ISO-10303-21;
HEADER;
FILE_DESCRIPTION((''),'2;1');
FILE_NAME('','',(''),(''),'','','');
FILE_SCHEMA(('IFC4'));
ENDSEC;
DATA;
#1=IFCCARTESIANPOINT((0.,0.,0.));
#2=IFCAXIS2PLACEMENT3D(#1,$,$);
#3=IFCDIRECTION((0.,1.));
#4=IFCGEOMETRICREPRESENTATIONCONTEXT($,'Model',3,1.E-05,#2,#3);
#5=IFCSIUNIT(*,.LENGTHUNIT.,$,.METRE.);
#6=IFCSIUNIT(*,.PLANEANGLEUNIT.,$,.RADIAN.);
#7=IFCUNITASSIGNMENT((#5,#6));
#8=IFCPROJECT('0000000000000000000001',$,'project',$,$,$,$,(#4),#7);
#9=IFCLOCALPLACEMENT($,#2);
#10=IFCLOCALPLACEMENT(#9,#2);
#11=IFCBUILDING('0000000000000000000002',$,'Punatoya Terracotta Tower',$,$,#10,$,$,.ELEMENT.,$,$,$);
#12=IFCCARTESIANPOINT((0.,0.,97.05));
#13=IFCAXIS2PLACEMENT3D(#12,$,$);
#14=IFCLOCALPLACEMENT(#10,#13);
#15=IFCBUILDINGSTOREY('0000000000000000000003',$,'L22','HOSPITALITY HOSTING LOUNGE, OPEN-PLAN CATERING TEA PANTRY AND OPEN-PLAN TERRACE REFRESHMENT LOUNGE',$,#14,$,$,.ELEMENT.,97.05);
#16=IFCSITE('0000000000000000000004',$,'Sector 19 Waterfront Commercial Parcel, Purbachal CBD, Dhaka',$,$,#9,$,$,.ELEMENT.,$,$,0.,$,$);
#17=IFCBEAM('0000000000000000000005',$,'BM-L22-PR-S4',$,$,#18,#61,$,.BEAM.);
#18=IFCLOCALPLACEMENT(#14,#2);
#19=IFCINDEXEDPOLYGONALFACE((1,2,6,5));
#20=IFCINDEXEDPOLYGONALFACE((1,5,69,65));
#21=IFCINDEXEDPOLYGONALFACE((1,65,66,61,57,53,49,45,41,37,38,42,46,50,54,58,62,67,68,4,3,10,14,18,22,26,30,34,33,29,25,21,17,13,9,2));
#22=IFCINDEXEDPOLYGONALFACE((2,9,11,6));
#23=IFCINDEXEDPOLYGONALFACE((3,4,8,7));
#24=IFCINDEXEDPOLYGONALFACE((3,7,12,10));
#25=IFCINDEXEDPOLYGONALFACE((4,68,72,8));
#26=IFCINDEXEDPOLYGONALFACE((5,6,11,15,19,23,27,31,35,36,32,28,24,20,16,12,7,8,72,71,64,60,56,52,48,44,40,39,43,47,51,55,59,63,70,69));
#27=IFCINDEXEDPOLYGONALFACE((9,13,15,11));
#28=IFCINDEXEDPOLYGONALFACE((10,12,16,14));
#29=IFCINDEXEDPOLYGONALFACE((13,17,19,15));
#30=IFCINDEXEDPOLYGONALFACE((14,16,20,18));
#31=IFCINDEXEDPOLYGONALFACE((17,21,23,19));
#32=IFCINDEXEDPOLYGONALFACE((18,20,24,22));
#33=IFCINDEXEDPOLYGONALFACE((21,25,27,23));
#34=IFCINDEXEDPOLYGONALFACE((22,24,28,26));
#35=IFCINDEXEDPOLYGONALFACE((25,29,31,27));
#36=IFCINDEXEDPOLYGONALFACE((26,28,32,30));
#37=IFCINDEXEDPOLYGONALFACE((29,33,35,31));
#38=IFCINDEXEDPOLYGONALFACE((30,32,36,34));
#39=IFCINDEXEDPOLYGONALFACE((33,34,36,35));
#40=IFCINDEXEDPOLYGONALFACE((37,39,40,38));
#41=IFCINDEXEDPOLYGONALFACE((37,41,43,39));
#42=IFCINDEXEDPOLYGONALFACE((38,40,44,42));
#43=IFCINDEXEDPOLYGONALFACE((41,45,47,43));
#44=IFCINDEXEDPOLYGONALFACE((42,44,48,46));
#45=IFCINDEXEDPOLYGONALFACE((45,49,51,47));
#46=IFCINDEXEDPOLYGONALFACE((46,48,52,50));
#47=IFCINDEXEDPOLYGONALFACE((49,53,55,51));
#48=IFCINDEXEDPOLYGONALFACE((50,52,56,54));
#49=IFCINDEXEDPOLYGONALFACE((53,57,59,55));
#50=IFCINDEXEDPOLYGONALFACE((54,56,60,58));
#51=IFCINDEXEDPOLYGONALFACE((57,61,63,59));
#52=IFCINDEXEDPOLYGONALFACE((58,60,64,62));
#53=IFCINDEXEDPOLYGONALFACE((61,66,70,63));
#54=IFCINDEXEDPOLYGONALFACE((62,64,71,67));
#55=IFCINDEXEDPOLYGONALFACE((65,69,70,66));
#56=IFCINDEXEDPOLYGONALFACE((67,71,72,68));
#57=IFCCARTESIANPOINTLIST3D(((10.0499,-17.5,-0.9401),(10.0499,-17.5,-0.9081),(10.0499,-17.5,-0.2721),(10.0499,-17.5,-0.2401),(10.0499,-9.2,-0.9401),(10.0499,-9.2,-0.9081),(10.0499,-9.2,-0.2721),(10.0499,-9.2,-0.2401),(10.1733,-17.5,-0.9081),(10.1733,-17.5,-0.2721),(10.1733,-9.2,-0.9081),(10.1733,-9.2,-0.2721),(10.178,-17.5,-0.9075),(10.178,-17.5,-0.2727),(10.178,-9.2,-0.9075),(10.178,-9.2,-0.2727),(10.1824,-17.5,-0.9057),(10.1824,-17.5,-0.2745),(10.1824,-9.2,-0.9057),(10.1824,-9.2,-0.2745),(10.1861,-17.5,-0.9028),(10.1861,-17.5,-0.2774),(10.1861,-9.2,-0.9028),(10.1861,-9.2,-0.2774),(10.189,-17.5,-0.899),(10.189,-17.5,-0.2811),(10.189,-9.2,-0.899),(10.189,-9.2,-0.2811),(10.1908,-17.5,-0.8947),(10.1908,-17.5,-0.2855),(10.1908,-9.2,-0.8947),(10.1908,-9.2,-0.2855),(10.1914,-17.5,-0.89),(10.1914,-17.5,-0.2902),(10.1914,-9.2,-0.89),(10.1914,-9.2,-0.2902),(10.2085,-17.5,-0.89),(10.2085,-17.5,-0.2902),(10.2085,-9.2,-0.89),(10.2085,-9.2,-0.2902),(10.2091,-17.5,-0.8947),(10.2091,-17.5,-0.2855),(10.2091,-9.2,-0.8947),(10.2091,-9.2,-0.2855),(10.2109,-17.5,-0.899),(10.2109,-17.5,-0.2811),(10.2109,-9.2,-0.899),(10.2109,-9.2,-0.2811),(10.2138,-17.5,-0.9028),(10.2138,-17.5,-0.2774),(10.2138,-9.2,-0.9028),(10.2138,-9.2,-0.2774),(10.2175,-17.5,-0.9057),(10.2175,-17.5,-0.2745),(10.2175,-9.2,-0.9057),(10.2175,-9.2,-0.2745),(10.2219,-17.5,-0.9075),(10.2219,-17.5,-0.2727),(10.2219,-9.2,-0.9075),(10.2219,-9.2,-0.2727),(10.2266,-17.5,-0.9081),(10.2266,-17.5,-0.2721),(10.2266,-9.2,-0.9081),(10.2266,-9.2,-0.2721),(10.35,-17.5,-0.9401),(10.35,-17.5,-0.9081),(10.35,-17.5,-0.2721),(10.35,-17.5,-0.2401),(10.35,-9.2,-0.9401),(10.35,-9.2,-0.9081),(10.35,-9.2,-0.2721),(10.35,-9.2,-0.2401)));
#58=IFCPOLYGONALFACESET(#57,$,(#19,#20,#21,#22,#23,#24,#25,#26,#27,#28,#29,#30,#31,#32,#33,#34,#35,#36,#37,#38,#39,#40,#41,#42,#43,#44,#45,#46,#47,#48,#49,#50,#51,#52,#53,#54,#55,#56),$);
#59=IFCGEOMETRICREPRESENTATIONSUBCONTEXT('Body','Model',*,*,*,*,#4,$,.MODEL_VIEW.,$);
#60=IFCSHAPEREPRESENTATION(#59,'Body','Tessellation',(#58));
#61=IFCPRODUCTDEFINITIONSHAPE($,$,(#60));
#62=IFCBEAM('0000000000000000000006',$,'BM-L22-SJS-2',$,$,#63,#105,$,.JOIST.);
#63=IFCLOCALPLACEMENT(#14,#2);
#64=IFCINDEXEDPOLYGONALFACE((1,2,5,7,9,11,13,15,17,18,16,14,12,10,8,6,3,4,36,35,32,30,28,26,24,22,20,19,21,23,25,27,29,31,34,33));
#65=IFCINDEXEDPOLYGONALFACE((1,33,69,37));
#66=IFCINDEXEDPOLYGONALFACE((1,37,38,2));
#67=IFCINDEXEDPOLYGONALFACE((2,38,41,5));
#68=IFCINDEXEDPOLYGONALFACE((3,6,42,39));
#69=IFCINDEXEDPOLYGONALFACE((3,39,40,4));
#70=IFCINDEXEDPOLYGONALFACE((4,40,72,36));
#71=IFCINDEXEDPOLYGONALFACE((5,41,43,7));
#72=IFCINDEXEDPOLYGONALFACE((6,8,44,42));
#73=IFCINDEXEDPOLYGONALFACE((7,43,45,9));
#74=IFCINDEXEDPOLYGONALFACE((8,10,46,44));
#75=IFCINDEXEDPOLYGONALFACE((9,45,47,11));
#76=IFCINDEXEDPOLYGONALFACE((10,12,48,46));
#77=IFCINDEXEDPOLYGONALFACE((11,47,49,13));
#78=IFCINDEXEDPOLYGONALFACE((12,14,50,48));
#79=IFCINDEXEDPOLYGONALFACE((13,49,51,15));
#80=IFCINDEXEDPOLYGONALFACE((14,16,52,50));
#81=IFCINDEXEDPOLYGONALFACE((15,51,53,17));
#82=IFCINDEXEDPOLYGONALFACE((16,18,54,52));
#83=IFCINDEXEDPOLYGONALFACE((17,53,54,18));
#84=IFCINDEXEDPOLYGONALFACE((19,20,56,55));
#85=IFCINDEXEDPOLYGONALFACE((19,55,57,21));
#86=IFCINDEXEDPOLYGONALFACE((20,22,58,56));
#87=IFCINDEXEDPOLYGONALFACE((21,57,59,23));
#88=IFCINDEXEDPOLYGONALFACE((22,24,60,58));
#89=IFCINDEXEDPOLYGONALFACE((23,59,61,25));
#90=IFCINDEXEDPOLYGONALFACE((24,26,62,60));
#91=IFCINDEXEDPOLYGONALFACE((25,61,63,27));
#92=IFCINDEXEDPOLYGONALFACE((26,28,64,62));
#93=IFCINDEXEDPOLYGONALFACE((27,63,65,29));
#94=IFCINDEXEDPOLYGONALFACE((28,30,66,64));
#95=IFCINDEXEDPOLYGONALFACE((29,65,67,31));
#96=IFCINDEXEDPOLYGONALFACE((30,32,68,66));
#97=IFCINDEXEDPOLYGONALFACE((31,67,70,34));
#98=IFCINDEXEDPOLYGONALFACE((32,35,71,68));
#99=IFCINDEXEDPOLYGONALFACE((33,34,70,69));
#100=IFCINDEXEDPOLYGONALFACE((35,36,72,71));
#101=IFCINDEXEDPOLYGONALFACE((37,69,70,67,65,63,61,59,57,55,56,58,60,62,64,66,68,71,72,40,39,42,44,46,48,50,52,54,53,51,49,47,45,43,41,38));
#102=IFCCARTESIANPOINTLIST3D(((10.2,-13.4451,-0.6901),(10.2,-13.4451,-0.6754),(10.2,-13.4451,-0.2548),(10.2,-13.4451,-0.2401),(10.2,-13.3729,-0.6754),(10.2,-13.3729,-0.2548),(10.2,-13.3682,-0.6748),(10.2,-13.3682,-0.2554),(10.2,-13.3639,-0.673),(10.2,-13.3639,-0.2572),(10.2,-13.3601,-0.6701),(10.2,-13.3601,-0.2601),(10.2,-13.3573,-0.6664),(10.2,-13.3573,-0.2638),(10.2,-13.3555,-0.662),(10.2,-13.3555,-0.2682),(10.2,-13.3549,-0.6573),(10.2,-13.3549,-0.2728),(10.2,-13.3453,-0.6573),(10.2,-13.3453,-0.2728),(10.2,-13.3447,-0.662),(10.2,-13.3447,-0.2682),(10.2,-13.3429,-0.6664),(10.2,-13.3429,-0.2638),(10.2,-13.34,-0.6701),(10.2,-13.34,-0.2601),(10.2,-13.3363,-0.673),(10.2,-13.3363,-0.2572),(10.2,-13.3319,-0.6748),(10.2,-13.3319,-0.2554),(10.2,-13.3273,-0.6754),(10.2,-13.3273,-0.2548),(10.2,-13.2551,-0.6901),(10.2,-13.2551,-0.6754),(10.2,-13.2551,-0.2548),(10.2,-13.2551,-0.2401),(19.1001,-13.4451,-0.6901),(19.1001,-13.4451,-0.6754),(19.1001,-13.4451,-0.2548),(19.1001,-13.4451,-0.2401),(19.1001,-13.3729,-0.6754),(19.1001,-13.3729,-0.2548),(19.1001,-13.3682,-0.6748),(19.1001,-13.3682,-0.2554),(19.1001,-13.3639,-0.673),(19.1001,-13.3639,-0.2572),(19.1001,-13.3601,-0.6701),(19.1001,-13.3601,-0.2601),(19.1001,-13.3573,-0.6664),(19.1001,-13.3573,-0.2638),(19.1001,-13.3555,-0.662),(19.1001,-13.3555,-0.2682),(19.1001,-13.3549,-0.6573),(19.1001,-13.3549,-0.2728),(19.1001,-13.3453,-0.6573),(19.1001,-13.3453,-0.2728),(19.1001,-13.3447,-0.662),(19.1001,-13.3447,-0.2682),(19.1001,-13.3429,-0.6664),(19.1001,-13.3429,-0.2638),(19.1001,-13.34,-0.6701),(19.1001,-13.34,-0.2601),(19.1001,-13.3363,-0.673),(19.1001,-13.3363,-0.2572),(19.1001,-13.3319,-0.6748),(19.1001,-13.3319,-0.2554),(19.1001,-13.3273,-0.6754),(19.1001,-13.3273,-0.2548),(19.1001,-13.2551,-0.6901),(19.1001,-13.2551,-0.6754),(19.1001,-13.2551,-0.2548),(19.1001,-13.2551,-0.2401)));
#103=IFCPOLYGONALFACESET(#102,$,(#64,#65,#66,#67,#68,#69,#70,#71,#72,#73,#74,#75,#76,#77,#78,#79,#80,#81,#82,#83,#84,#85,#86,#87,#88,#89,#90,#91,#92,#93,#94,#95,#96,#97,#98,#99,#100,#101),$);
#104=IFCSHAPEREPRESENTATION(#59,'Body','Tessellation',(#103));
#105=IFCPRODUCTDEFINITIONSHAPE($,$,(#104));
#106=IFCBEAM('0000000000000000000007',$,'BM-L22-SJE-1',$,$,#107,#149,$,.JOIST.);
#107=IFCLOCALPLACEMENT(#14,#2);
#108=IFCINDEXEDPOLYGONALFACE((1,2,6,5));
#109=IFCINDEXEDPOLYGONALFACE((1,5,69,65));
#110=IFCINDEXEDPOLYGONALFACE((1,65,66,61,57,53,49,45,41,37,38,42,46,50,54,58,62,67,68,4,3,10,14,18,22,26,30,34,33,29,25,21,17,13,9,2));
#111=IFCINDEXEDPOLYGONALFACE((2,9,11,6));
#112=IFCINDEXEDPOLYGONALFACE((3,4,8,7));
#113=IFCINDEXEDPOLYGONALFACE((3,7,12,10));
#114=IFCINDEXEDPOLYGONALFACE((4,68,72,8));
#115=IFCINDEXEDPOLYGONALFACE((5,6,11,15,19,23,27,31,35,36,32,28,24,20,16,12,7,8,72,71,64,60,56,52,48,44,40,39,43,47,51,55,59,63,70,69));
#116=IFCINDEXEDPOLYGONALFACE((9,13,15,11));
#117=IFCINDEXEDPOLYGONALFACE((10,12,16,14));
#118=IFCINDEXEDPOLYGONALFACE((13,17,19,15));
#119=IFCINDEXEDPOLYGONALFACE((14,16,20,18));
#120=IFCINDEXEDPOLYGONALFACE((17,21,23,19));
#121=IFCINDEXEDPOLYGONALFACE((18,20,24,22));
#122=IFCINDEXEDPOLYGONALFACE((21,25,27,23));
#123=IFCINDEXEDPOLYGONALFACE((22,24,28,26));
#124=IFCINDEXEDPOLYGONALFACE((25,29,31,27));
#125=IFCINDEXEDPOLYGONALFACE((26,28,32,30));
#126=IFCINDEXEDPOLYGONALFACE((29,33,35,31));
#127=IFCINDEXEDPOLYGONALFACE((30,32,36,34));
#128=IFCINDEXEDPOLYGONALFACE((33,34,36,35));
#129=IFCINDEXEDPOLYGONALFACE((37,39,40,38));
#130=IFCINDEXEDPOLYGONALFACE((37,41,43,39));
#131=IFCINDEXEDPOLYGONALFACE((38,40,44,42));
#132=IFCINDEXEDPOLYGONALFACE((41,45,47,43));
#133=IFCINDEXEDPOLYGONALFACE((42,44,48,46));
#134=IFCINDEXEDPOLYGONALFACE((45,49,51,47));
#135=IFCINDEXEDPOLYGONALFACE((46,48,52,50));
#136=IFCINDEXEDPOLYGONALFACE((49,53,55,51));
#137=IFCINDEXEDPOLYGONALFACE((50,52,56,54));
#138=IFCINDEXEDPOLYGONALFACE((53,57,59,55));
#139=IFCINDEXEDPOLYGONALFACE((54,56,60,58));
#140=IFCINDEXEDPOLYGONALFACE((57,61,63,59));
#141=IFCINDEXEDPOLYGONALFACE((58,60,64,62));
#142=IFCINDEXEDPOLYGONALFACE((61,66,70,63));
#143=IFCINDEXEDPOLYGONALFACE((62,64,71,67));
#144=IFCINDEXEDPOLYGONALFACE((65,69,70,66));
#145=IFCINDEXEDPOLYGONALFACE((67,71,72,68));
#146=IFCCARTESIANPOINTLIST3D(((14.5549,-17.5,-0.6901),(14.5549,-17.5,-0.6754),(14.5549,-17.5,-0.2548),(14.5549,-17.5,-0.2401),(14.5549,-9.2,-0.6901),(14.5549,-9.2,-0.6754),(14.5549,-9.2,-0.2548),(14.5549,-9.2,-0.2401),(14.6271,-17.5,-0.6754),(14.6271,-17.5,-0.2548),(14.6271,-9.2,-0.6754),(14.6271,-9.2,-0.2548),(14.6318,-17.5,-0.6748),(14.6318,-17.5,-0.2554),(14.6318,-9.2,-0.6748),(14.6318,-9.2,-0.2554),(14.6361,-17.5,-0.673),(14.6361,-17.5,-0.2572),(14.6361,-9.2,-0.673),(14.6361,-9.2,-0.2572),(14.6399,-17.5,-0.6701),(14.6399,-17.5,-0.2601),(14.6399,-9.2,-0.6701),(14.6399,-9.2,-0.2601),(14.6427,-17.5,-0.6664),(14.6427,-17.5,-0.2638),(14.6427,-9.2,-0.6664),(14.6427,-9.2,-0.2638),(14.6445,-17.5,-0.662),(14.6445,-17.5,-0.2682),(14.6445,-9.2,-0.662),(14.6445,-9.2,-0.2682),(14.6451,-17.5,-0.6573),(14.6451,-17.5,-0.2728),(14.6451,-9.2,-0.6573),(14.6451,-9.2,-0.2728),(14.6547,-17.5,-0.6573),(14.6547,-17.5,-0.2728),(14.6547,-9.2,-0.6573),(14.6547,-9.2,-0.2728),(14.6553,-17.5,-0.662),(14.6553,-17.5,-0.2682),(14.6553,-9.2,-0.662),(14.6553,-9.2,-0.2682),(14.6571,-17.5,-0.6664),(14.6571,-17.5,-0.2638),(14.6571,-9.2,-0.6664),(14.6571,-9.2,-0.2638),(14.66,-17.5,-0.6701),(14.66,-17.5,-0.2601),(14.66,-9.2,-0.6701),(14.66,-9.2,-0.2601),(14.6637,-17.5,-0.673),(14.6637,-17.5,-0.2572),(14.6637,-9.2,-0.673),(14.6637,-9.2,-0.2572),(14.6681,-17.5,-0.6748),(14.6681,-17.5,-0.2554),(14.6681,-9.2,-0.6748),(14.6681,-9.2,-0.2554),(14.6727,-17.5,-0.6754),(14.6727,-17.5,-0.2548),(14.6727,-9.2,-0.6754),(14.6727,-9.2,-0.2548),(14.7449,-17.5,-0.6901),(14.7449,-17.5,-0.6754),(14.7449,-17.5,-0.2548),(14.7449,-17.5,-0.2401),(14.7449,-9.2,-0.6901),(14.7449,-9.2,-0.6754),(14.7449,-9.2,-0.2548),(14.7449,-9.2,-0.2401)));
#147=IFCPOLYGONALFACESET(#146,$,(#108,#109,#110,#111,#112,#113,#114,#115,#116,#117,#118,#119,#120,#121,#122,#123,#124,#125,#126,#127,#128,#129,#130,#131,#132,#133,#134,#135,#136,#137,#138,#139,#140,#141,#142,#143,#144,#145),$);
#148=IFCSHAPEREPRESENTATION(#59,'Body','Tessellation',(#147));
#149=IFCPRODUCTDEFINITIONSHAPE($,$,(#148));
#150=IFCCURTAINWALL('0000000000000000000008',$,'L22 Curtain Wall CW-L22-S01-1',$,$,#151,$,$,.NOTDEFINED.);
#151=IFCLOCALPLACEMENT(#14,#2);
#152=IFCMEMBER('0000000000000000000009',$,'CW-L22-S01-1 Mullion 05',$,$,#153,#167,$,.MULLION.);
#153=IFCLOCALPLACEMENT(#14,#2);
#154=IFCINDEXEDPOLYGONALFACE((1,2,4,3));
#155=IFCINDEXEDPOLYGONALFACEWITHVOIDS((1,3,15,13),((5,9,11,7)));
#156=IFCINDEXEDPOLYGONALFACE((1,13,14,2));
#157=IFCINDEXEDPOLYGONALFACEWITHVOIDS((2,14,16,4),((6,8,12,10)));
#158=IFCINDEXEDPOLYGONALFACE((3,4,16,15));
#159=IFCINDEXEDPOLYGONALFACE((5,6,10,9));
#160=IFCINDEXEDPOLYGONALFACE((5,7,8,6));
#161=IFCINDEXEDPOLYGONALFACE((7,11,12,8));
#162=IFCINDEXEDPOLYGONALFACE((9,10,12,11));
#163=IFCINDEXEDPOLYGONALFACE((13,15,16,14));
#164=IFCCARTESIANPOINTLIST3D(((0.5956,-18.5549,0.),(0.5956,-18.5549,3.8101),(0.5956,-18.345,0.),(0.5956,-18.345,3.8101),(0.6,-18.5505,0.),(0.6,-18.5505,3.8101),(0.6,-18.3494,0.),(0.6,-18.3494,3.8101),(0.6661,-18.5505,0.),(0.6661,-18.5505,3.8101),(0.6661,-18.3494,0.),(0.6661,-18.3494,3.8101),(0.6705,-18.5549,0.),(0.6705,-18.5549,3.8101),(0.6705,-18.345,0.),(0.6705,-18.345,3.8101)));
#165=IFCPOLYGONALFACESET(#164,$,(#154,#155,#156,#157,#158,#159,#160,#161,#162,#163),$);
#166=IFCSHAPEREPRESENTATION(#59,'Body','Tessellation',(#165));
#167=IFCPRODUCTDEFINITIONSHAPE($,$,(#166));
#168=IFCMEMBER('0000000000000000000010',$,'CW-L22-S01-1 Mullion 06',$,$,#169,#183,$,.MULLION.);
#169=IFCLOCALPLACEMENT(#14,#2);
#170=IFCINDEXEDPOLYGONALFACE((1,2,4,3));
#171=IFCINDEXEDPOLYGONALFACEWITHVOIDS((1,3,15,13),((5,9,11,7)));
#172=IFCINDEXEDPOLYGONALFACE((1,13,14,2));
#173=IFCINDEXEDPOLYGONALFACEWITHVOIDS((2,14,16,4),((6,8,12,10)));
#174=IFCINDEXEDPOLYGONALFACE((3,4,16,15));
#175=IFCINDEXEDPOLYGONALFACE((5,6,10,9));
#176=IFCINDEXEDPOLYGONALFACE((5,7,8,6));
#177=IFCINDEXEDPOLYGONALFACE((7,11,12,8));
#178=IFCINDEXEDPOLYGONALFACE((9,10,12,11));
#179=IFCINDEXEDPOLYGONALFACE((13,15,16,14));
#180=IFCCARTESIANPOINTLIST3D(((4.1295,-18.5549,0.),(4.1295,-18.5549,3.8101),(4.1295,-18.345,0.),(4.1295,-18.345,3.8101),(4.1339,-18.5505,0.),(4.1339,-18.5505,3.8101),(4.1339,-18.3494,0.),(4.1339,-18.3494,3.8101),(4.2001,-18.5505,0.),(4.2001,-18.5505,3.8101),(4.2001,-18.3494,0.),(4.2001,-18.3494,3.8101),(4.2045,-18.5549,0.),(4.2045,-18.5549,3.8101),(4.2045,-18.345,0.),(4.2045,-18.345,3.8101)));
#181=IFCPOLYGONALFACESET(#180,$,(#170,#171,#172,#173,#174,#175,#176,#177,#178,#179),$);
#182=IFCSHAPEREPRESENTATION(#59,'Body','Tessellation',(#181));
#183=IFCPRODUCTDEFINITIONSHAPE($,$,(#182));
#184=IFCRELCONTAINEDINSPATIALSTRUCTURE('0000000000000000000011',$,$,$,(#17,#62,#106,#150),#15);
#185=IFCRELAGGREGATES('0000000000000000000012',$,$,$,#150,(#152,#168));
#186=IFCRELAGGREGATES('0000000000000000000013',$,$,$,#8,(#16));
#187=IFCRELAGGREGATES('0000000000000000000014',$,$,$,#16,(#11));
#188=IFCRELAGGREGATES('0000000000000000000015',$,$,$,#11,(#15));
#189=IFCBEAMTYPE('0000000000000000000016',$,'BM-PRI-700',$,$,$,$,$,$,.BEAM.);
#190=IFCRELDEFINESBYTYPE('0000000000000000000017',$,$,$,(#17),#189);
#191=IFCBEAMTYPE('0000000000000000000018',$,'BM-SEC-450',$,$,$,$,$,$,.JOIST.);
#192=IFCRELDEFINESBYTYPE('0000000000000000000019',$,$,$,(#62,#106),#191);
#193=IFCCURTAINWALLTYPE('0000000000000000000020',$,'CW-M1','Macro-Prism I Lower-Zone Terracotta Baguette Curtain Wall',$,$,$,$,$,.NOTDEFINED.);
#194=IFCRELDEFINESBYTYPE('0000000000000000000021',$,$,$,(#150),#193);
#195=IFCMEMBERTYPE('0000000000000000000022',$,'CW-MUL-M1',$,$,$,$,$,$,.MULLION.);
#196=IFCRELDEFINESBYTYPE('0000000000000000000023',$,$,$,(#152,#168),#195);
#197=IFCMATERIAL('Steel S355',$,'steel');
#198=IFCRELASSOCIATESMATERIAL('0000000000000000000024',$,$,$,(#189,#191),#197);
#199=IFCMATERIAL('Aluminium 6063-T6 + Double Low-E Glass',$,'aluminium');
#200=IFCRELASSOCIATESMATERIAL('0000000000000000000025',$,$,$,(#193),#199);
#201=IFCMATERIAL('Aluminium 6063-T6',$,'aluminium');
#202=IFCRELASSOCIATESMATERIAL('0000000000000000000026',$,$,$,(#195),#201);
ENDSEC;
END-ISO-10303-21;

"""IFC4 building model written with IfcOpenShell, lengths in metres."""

from ifc_helpers import new_model, si_unit, direction, frame, origin, origin_2d, place, context, subcontext, project, spatial, hollow_rectangle, i_section, extrude, material, material_profile, profile_set, type_object, element, aggregate, save


model = new_model("IFC4")

# Units and contexts
model_context = context("Model", 3, precision=1e-05, world=origin(), true_north=direction((0.0, 1.0)))
body_context = subcontext(model_context, "Body", "Model", "MODEL_VIEW")
ifc_project = project(units=[si_unit("LENGTHUNIT", "METRE"), si_unit("PLANEANGLEUNIT", "RADIAN")], contexts=[model_context])

# Site, building, storey
site_placement = place(None, origin())
site = spatial("IfcSite", under=ifc_project, at=site_placement, Name="Sector 19 Waterfront Commercial Parcel, Purbachal CBD, Dhaka", CompositionType="ELEMENT", RefElevation=0.0)
building_placement = place(site_placement, origin())
building = spatial("IfcBuilding", under=site, at=building_placement, Name="Punatoya Terracotta Tower", CompositionType="ELEMENT")
storey_placement = place(building_placement, frame((0.0, 0.0, 97.05)))
storey = spatial("IfcBuildingStorey", under=building, at=storey_placement, Name="L22", Description="HOSPITALITY HOSTING LOUNGE, OPEN-PLAN CATERING TEA PANTRY AND OPEN-PLAN TERRACE REFRESHMENT LOUNGE", CompositionType="ELEMENT", Elevation=97.05)

# Beams
ifc_material_1 = material(Name="Steel S355", Category="steel")
ifc_material_profile_1 = material_profile(ifc_material_1, i_section(OverallWidth=0.3, OverallDepth=0.7, WebThickness=0.0171, FlangeThickness=0.032, FilletRadius=0.0181, at=origin_2d()))
ifc_profile_set_1 = profile_set([ifc_material_profile_1], Name="Steel S355")
beam_type_1 = type_object("IfcBeamType", Name="BM-PRI-700", PredefinedType="BEAM", material=ifc_profile_set_1)
for number, where, z_axis, x_axis, name in (
    (1, (10.2, -17.5, -0.5901), (0.0, 1.0, 0.0), (-1.0, 0.0, 0.0), "BM-L22-PR-S4"),
):
    element("IfcBeam", number, at=place(storey_placement, frame(where, z_axis=z_axis, x_axis=x_axis)), inside=storey, type_object=beam_type_1, Name=name, PredefinedType="BEAM", context=body_context, shape_type="SweptSolid", body=[
        extrude(i_section(OverallWidth=0.3, OverallDepth=0.7, WebThickness=0.0171, FlangeThickness=0.032, FilletRadius=0.0181, at=origin_2d()), origin(), (0.0, 0.0, 1.0), 8.3),
    ])
ifc_material_profile_2 = material_profile(ifc_material_1, i_section(OverallWidth=0.1899, OverallDepth=0.45, WebThickness=0.0095, FlangeThickness=0.0146, FilletRadius=0.0181, at=origin_2d()))
ifc_profile_set_2 = profile_set([ifc_material_profile_2], Name="Steel S355")
beam_type_2 = type_object("IfcBeamType", Name="BM-SEC-450", PredefinedType="JOIST", material=ifc_profile_set_2)
beam_1_placement = place(storey_placement, frame((10.2, -13.3501, -0.4651), z_axis=(1.0, 0.0, 0.0), x_axis=(0.0, 1.0, 0.0)))
element("IfcBeam", 2, at=beam_1_placement, inside=storey, type_object=beam_type_2, Name="BM-L22-SJS-2", PredefinedType="JOIST", context=body_context, shape_type="SweptSolid", body=[
    extrude(i_section(OverallWidth=0.1899, OverallDepth=0.45, WebThickness=0.0095, FlangeThickness=0.0146, FilletRadius=0.0181, at=origin_2d()), origin(), (0.0, 0.0, 1.0), 8.9001),
])
beam_2_placement = place(storey_placement, frame((14.6499, -17.5, -0.4651), z_axis=(0.0, 1.0, 0.0), x_axis=(-1.0, 0.0, 0.0)))
element("IfcBeam", 3, at=beam_2_placement, inside=storey, type_object=beam_type_2, Name="BM-L22-SJE-1", PredefinedType="JOIST", context=body_context, shape_type="SweptSolid", body=[
    extrude(i_section(OverallWidth=0.1899, OverallDepth=0.45, WebThickness=0.0095, FlangeThickness=0.0146, FilletRadius=0.0181, at=origin_2d()), origin(), (0.0, 0.0, 1.0), 8.3),
])

# Curtain wall, members
ifc_material_2 = material(Name="Aluminium 6063-T6 + Double Low-E Glass", Category="aluminium")
curtain_wall_type = type_object("IfcCurtainWallType", Name="CW-M1", Description="Macro-Prism I Lower-Zone Terracotta Baguette Curtain Wall", PredefinedType="NOTDEFINED", material=ifc_material_2)
curtain_wall_placement = place(storey_placement, origin())
curtain_wall = element("IfcCurtainWall", 4, at=curtain_wall_placement, inside=storey, type_object=curtain_wall_type, Name="L22 Curtain Wall CW-L22-S01-1", PredefinedType="NOTDEFINED")
ifc_material_3 = material(Name="Aluminium 6063-T6", Category="aluminium")
ifc_material_profile_3 = material_profile(ifc_material_3, hollow_rectangle(XDim=0.075, YDim=0.21, WallThickness=0.0044, at=origin_2d()))
ifc_profile_set_3 = profile_set([ifc_material_profile_3], Name="Aluminium 6063-T6")
member_type = type_object("IfcMemberType", Name="CW-MUL-M1", PredefinedType="MULLION", material=ifc_profile_set_3)
member_1_placement = place(storey_placement, frame((0.6331, -18.45, 0.0), z_axis=(0.0, 0.0, 1.0), x_axis=(1.0, 0.0, 0.0)))
member_1 = element("IfcMember", 5, at=member_1_placement, type_object=member_type, Name="CW-L22-S01-1 Mullion 05", PredefinedType="MULLION", context=body_context, shape_type="SweptSolid", body=[
    extrude(hollow_rectangle(XDim=0.075, YDim=0.21, WallThickness=0.0044, at=origin_2d()), origin(), (0.0, 0.0, 1.0), 3.8101),
])
member_2_placement = place(storey_placement, frame((4.167, -18.45, 0.0), z_axis=(0.0, 0.0, 1.0), x_axis=(1.0, 0.0, 0.0)))
member_2 = element("IfcMember", 6, at=member_2_placement, type_object=member_type, Name="CW-L22-S01-1 Mullion 06", PredefinedType="MULLION", context=body_context, shape_type="SweptSolid", body=[
    extrude(hollow_rectangle(XDim=0.075, YDim=0.21, WallThickness=0.0044, at=origin_2d()), origin(), (0.0, 0.0, 1.0), 3.8101),
])
aggregate(curtain_wall, [member_1, member_2])

save(model, "model.ifc")
